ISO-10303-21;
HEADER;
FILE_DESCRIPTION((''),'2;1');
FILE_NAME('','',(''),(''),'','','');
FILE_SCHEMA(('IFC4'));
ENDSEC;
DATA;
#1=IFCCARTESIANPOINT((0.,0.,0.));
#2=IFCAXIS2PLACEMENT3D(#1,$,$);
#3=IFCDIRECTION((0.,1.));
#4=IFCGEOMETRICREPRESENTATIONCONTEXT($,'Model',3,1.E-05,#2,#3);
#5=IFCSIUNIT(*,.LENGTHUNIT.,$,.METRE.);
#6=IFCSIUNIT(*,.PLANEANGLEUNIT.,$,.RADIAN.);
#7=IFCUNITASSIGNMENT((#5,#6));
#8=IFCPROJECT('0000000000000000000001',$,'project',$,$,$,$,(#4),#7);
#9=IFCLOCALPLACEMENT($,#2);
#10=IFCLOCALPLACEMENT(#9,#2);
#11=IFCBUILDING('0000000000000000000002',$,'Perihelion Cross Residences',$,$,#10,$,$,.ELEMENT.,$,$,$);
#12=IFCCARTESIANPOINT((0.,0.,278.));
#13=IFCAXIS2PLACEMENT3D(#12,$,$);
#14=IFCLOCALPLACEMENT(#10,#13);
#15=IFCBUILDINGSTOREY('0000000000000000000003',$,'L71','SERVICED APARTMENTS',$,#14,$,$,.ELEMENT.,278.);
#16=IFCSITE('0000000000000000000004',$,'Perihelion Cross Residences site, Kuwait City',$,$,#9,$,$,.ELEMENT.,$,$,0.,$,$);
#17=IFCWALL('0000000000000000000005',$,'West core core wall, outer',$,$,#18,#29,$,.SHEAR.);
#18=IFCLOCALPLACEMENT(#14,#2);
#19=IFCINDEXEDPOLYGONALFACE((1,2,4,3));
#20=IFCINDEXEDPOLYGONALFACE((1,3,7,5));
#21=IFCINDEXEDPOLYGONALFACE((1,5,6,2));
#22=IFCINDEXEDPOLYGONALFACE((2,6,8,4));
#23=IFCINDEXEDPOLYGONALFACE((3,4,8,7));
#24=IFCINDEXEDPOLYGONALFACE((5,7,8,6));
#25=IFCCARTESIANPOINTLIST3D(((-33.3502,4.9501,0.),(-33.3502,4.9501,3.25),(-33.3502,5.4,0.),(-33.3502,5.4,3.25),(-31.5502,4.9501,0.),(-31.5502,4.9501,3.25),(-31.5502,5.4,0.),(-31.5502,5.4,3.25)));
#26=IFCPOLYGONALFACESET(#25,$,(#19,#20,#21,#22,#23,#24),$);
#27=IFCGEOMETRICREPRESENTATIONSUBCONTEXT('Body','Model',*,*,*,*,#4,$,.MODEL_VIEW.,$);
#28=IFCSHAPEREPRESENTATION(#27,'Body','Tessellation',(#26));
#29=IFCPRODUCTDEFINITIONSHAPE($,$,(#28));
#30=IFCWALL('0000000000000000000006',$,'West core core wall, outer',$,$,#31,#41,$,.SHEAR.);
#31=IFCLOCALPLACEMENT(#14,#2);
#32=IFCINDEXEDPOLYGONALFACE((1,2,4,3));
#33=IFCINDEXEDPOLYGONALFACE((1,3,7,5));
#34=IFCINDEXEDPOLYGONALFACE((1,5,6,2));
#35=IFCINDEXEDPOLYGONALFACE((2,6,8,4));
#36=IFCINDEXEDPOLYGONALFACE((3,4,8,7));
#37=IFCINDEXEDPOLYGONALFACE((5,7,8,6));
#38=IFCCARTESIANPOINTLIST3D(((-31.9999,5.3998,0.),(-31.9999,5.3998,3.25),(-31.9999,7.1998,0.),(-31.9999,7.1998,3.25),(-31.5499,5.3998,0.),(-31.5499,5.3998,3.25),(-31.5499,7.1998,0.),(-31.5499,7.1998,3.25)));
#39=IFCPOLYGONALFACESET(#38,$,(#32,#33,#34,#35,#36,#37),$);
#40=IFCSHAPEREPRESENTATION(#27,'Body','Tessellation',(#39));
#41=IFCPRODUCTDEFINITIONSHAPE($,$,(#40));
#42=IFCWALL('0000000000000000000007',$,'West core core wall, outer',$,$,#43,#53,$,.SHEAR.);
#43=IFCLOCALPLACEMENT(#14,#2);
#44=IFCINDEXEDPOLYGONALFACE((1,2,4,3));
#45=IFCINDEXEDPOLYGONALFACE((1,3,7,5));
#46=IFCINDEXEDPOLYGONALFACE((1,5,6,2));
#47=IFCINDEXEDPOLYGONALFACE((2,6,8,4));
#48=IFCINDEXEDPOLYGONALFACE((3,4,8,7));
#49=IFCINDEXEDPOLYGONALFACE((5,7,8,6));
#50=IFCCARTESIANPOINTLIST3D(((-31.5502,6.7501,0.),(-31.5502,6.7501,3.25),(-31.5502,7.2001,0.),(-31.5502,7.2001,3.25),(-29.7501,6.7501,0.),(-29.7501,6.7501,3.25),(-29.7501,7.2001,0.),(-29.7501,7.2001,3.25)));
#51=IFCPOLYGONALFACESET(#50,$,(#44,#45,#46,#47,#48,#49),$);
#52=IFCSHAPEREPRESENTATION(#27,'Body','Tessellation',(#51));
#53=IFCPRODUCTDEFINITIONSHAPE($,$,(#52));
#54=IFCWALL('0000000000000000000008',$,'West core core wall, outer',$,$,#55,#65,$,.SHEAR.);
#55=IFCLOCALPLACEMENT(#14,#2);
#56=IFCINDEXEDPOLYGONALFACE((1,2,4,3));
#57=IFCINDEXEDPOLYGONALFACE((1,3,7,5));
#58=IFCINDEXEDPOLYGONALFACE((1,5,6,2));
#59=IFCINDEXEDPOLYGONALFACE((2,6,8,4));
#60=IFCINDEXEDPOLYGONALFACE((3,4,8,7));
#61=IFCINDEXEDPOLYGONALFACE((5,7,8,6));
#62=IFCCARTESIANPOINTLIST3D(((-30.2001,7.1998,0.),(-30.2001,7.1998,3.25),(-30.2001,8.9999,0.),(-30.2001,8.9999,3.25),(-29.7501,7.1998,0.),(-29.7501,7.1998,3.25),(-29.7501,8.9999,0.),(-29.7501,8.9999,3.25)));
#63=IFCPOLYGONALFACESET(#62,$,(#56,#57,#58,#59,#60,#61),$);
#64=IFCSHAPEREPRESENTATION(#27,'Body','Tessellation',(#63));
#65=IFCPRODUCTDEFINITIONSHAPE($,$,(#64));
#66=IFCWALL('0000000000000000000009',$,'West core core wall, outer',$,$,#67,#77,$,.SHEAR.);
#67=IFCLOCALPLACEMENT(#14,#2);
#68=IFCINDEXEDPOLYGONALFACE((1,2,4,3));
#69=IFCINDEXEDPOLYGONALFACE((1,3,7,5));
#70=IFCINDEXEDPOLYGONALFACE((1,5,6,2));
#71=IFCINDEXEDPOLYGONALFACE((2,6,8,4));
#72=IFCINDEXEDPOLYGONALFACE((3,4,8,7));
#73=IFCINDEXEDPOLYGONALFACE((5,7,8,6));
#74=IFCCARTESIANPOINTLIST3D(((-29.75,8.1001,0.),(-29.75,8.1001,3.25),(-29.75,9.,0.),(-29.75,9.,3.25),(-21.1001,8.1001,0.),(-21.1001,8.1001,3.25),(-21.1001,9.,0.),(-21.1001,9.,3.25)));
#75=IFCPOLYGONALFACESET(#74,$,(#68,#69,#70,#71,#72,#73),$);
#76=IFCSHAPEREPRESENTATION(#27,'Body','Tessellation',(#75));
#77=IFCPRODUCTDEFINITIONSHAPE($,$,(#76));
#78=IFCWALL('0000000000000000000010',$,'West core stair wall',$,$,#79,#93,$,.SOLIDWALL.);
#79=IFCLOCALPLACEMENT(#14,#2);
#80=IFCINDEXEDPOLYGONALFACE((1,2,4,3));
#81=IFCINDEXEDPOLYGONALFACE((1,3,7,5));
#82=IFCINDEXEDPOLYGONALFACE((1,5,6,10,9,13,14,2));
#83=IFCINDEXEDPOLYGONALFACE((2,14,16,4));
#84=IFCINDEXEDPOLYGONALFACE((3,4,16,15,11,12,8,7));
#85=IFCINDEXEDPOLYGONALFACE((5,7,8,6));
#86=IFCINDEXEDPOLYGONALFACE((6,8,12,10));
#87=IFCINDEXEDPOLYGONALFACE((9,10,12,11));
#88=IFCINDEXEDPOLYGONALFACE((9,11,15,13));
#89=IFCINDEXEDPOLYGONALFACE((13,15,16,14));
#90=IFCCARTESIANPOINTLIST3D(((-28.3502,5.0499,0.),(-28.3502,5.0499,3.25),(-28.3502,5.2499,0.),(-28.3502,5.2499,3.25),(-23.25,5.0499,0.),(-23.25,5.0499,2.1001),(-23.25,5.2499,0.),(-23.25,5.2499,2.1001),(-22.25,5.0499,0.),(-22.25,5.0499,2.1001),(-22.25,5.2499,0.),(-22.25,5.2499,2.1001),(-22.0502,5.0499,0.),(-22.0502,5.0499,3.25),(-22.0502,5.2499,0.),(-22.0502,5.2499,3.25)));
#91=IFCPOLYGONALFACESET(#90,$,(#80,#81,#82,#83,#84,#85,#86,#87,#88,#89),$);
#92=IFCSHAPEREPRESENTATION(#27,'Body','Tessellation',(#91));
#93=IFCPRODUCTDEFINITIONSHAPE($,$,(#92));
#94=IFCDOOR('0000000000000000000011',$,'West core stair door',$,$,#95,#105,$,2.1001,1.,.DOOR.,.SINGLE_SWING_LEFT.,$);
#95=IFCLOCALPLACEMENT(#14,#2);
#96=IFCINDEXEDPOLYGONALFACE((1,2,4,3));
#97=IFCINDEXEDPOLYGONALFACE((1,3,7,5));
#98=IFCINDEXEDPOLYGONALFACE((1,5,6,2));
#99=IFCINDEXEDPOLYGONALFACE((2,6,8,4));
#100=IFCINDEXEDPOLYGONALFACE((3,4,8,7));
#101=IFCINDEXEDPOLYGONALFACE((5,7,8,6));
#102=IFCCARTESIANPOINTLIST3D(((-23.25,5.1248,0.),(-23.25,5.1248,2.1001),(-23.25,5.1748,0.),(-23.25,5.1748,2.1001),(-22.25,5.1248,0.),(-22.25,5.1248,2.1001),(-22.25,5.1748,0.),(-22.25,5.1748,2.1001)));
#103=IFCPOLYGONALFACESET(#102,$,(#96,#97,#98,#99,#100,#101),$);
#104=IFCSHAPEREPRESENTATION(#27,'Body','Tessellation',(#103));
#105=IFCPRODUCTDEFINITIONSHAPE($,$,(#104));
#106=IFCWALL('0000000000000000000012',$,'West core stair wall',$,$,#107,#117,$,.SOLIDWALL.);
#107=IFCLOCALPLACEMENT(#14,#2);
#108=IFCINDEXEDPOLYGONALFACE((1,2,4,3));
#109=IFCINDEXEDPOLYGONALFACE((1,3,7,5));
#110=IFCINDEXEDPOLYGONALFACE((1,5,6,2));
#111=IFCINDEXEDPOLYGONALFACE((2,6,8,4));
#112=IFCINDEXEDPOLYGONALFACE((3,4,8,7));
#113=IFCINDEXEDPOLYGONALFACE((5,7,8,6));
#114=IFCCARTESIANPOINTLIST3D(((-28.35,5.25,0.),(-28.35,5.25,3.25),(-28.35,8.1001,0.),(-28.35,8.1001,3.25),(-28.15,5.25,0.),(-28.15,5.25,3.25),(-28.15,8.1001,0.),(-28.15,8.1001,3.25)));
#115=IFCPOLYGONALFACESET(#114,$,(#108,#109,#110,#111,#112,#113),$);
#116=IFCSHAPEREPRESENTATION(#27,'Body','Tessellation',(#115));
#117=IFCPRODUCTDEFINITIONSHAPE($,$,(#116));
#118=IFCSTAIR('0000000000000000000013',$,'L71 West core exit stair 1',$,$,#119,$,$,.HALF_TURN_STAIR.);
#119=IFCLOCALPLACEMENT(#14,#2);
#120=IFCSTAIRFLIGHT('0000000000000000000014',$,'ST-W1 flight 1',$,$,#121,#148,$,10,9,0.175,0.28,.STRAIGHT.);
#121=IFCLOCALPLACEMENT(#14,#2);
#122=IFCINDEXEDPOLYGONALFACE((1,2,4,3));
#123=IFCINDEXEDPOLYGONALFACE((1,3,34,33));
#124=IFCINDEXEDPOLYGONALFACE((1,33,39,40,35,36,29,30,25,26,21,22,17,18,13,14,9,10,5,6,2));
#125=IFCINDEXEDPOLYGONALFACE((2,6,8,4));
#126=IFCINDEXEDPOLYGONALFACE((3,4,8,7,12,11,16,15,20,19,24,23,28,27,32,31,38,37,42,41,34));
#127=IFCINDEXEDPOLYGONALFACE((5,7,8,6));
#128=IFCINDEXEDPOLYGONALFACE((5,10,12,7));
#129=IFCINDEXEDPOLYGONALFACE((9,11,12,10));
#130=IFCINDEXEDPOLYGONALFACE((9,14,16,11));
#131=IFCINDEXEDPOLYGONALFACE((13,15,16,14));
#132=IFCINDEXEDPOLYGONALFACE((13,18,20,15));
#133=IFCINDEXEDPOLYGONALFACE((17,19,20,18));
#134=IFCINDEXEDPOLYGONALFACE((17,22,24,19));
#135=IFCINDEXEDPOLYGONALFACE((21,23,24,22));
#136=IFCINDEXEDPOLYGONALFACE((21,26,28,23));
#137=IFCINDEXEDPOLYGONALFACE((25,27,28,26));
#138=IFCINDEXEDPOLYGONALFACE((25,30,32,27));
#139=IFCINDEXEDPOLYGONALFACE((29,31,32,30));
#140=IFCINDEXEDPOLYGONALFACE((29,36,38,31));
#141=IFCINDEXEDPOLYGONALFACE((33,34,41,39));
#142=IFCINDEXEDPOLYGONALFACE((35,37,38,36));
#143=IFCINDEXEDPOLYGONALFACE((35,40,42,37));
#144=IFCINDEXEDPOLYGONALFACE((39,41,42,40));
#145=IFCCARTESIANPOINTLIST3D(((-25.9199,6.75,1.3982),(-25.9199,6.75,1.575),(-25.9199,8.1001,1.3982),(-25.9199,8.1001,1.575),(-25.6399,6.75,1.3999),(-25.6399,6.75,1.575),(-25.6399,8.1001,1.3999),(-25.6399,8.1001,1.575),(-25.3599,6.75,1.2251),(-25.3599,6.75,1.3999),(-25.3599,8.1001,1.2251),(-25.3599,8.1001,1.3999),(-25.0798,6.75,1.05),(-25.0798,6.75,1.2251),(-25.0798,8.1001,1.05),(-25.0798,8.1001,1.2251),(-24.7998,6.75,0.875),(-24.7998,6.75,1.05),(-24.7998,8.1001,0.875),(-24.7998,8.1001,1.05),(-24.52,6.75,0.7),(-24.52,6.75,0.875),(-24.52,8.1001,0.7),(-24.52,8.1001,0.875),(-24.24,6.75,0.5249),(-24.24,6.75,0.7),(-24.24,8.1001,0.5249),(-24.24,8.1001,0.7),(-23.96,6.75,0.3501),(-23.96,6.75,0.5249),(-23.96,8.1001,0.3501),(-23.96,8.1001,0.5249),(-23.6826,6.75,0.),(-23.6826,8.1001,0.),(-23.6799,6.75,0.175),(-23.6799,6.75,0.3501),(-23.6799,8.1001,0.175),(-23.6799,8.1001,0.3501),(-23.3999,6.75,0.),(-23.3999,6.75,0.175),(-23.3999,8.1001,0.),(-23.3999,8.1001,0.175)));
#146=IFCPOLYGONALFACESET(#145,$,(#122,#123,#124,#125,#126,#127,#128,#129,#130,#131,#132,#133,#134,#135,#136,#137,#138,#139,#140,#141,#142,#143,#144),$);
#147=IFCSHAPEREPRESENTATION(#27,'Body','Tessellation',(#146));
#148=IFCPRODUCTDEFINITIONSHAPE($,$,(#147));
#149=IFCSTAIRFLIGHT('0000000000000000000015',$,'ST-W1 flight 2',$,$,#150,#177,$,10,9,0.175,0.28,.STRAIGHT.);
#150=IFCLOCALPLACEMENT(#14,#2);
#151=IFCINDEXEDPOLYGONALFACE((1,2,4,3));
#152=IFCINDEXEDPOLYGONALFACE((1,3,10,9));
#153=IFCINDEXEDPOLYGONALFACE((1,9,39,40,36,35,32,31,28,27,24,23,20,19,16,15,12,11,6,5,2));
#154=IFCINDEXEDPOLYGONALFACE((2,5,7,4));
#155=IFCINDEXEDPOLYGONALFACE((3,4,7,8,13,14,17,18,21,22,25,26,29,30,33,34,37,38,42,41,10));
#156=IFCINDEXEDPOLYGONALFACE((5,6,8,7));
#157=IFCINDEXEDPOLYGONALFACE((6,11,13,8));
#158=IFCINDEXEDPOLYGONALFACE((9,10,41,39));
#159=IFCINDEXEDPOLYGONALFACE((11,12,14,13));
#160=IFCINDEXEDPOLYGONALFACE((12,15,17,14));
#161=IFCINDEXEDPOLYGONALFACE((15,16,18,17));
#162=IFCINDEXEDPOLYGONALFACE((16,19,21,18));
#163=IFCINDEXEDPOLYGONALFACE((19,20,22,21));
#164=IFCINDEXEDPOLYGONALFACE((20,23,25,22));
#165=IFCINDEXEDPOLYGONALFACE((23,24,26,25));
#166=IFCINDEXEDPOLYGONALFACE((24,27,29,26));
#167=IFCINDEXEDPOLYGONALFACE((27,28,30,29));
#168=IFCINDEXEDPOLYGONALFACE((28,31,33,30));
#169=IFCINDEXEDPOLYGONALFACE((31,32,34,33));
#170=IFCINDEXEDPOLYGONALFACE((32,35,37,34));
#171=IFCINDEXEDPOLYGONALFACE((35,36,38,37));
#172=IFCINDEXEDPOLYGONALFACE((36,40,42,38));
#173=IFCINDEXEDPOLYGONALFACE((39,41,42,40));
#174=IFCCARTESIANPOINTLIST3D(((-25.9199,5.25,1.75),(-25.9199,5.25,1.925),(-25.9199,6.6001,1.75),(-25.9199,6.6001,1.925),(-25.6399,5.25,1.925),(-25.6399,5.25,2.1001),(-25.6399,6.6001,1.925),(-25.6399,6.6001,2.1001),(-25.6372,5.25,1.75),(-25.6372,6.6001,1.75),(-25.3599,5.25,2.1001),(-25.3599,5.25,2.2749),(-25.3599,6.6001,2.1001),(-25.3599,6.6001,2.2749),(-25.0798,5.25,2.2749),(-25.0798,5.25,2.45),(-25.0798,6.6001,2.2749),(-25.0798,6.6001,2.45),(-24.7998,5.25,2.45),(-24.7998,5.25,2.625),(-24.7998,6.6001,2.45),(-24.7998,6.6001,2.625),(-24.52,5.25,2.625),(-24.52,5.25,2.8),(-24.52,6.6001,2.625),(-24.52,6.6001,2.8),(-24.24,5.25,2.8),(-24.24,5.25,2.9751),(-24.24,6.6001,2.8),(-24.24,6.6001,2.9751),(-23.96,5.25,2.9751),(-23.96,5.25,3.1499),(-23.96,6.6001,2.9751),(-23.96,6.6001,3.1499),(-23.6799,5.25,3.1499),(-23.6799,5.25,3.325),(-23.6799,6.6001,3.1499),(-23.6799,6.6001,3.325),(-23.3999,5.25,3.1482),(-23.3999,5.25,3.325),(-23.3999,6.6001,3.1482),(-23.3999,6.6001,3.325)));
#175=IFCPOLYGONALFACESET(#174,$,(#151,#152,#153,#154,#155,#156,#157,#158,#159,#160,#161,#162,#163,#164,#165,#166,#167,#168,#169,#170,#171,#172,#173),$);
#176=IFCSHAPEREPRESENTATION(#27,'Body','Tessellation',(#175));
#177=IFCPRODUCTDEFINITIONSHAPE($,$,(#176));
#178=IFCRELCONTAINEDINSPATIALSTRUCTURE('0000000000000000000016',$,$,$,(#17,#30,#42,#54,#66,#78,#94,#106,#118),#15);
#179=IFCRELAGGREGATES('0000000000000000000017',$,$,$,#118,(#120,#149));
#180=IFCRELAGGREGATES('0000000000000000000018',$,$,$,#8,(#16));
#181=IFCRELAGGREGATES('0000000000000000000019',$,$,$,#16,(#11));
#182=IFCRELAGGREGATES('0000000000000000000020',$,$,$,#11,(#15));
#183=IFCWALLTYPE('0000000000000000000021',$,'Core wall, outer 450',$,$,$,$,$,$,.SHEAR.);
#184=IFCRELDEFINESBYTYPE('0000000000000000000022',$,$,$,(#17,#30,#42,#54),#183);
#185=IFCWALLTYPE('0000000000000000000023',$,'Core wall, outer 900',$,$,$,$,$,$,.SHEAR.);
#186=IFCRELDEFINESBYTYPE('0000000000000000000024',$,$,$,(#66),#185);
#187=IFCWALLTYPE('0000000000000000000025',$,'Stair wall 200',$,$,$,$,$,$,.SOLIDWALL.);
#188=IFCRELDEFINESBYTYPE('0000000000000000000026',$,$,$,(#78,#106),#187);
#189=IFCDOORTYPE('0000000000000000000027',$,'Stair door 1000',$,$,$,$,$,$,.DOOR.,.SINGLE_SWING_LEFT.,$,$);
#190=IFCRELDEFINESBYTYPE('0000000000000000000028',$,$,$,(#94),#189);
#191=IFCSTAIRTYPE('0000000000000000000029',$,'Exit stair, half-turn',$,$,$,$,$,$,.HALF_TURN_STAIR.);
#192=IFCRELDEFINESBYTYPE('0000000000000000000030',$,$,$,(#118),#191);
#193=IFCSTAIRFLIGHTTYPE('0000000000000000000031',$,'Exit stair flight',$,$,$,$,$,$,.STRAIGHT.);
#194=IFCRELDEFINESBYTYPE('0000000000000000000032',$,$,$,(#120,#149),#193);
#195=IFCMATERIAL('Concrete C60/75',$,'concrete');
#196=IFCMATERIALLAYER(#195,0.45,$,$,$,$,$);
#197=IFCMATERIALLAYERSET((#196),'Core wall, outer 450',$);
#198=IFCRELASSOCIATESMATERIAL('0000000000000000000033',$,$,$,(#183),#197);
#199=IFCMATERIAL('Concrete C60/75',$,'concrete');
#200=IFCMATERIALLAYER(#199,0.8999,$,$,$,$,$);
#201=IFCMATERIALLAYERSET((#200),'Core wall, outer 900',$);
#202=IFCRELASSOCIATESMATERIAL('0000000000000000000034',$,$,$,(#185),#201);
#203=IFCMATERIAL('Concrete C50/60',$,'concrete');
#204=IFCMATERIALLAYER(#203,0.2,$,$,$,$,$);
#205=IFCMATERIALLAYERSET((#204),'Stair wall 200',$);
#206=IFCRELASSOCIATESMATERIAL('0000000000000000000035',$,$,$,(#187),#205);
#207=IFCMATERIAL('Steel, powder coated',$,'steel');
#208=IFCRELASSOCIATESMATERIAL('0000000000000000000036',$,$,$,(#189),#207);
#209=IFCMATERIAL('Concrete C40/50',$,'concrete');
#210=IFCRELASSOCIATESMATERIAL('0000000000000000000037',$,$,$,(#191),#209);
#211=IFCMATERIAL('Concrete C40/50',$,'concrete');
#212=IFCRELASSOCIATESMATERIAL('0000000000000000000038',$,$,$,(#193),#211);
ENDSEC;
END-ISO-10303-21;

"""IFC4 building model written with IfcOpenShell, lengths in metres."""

from ifc_helpers import new_model, si_unit, direction, frame, frame_2d, origin, place, context, subcontext, project, spatial, polyline, rectangle, outline, extrude, material, layer, layer_set, type_object, element, fill, aggregate, save


model = new_model("IFC4")

# Units and contexts
model_context = context("Model", 3, precision=1e-05, world=origin(), true_north=direction((0.0, 1.0)))
body_context = subcontext(model_context, "Body", "Model", "MODEL_VIEW")
ifc_project = project(units=[si_unit("LENGTHUNIT", "METRE"), si_unit("PLANEANGLEUNIT", "RADIAN")], contexts=[model_context])

# Site, building, storey
site_placement = place(None, origin())
site = spatial("IfcSite", under=ifc_project, at=site_placement, Name="Perihelion Cross Residences site, Kuwait City", CompositionType="ELEMENT", RefElevation=0.0)
building_placement = place(site_placement, origin())
building = spatial("IfcBuilding", under=site, at=building_placement, Name="Perihelion Cross Residences", CompositionType="ELEMENT")
storey_placement = place(building_placement, frame((0.0, 0.0, 278.0)))
storey = spatial("IfcBuildingStorey", under=building, at=storey_placement, Name="L71", Description="SERVICED APARTMENTS", CompositionType="ELEMENT", Elevation=278.0)

# Walls
ifc_material_1 = material(Name="Concrete C60/75", Category="concrete")
ifc_layer_1 = layer(ifc_material_1, 0.45)
ifc_layer_set_1 = layer_set([ifc_layer_1], Name="Core wall, outer 450")
wall_type_1 = type_object("IfcWallType", Name="Core wall, outer 450", PredefinedType="SHEAR", material=ifc_layer_set_1)
for number, where, z_axis, x_axis, name in (
    (1, (-33.3501, 5.175, 0.0), (0.0, 0.0, 1.0), (1.0, 0.0, 0.0), "West core core wall, outer"),
    (2, (-31.7749, 5.3999, 0.0), (0.0, 0.0, 1.0), (0.0, 1.0, 0.0), "West core core wall, outer"),
    (3, (-31.55, 6.9751, 0.0), (0.0, 0.0, 1.0), (1.0, 0.0, 0.0), "West core core wall, outer"),
    (4, (-29.9751, 7.2, 0.0), (0.0, 0.0, 1.0), (0.0, 1.0, 0.0), "West core core wall, outer"),
):
    element("IfcWall", number, at=place(storey_placement, frame(where, z_axis=z_axis, x_axis=x_axis)), inside=storey, type_object=wall_type_1, Name=name, PredefinedType="SHEAR", context=body_context, shape_type="SweptSolid", body=[
        extrude(rectangle(XDim=1.8, YDim=0.45, at=frame_2d((0.8999, 0.0))), origin(), (0.0, 0.0, 1.0), 3.25),
    ])
ifc_material_2 = material(Name="Concrete C60/75", Category="concrete")
ifc_layer_2 = layer(ifc_material_2, 0.8999)
ifc_layer_set_2 = layer_set([ifc_layer_2], Name="Core wall, outer 900")
wall_type_2 = type_object("IfcWallType", Name="Core wall, outer 900", PredefinedType="SHEAR", material=ifc_layer_set_2)
wall_1_placement = place(storey_placement, frame((-29.75, 8.55, 0.0), z_axis=(0.0, 0.0, 1.0), x_axis=(1.0, 0.0, 0.0)))
element("IfcWall", 5, at=wall_1_placement, inside=storey, type_object=wall_type_2, Name="West core core wall, outer", PredefinedType="SHEAR", context=body_context, shape_type="SweptSolid", body=[
    extrude(rectangle(XDim=8.6499, YDim=0.8999, at=frame_2d((4.325, 0.0))), origin(), (0.0, 0.0, 1.0), 3.25),
])

# Wall, opening, door
ifc_material_3 = material(Name="Concrete C50/60", Category="concrete")
ifc_layer_3 = layer(ifc_material_3, 0.2)
ifc_layer_set_3 = layer_set([ifc_layer_3], Name="Stair wall 200")
wall_type_3 = type_object("IfcWallType", Name="Stair wall 200", PredefinedType="SOLIDWALL", material=ifc_layer_set_3)
wall_2_placement = place(storey_placement, frame((-28.3501, 5.1499, 0.0), z_axis=(0.0, 0.0, 1.0), x_axis=(1.0, 0.0, 0.0)))
wall_2 = element("IfcWall", 6, at=wall_2_placement, inside=storey, type_object=wall_type_3, Name="West core stair wall", PredefinedType="SOLIDWALL", context=body_context, shape_type="SweptSolid", body=[
    extrude(rectangle(XDim=6.3, YDim=0.2, at=frame_2d((3.1499, 0.0))), origin(), (0.0, 0.0, 1.0), 3.25),
])
opening_placement = place(wall_2_placement, frame((5.1001, 0.0, 0.0)))
opening = element("IfcOpeningElement", 7, at=opening_placement, cuts=wall_2, PredefinedType="OPENING", context=body_context, shape_type="SweptSolid", body=[
    extrude(rectangle(XDim=1.0, YDim=2.1001, at=frame_2d((0.5, 1.05))), frame((0.0, 0.1099, 0.0), z_axis=(0.0, -1.0, 0.0), x_axis=(1.0, 0.0, 0.0)), (0.0, 0.0, 1.0), 0.22),
])
ifc_material_4 = material(Name="Steel, powder coated", Category="steel")
door_type = type_object("IfcDoorType", Name="Stair door 1000", OperationType="SINGLE_SWING_LEFT", PredefinedType="DOOR", material=ifc_material_4)
door_placement = place(opening_placement, origin())
door = element("IfcDoor", 8, at=door_placement, inside=storey, type_object=door_type, Name="West core stair door", OperationType="SINGLE_SWING_LEFT", OverallHeight=2.1001, OverallWidth=1.0, PredefinedType="DOOR", context=body_context, shape_type="SweptSolid", body=[
    extrude(rectangle(XDim=1.0, YDim=2.1001, at=frame_2d((0.5, 1.05))), frame((0.0, 0.0249, 0.0), z_axis=(0.0, -1.0, 0.0), x_axis=(1.0, 0.0, 0.0)), (0.0, 0.0, 1.0), 0.05),
])
fill(opening, door)

# Wall
wall_3_placement = place(storey_placement, frame((-28.25, 5.25, 0.0), z_axis=(0.0, 0.0, 1.0), x_axis=(0.0, 1.0, 0.0)))
element("IfcWall", 9, at=wall_3_placement, inside=storey, type_object=wall_type_3, Name="West core stair wall", PredefinedType="SOLIDWALL", context=body_context, shape_type="SweptSolid", body=[
    extrude(rectangle(XDim=2.8501, YDim=0.2, at=frame_2d((1.425, 0.0))), origin(), (0.0, 0.0, 1.0), 3.25),
])

# Stair, stair flights
ifc_material_5 = material(Name="Concrete C40/50", Category="concrete")
stair_type = type_object("IfcStairType", Name="Exit stair, half-turn", PredefinedType="HALF_TURN_STAIR", material=ifc_material_5)
stair_placement = place(storey_placement, origin())
stair = element("IfcStair", 10, at=stair_placement, inside=storey, type_object=stair_type, Name="L71 West core exit stair 1", PredefinedType="HALF_TURN_STAIR")
ifc_material_6 = material(Name="Concrete C40/50", Category="concrete")
stair_flight_type = type_object("IfcStairFlightType", Name="Exit stair flight", PredefinedType="STRAIGHT", material=ifc_material_6)
stair_flight_1_placement = place(storey_placement, frame((-23.3999, 7.425, 0.0), z_axis=(0.0, 0.0, 1.0), x_axis=(-1.0, 0.0, 0.0)))
stair_flight_1 = element("IfcStairFlight", 11, at=stair_flight_1_placement, type_object=stair_flight_type, Name="ST-W1 flight 1", NumberOfRisers=10, NumberOfTreads=9, PredefinedType="STRAIGHT", RiserHeight=0.175, TreadLength=0.28, context=body_context, shape_type="SweptSolid", body=[
    extrude(outline(polyline([(0.0, 0.0), (0.0, 0.175), (0.28, 0.175), (0.28, 0.3501), (0.5601, 0.3501), (0.5601, 0.5249), (0.8401, 0.5249), (0.8401, 0.7), (1.1201, 0.7), (1.1201, 0.875), (1.3999, 0.875), (1.3999, 1.05), (1.6799, 1.05), (1.6799, 1.2251), (1.96, 1.2251), (1.96, 1.3999), (2.24, 1.3999), (2.24, 1.575), (2.52, 1.575), (2.52, 1.75), (2.52, 1.3982), (0.2827, 0.0), (0.0, 0.0)])), frame((0.0, 0.675, 0.0), z_axis=(0.0, -1.0, 0.0), x_axis=(1.0, 0.0, 0.0)), (0.0, 0.0, 1.0), 1.3501),
])
stair_flight_2_placement = place(storey_placement, frame((-25.9199, 5.925, 1.75), z_axis=(0.0, 0.0, 1.0), x_axis=(1.0, 0.0, 0.0)))
stair_flight_2 = element("IfcStairFlight", 12, at=stair_flight_2_placement, type_object=stair_flight_type, Name="ST-W1 flight 2", NumberOfRisers=10, NumberOfTreads=9, PredefinedType="STRAIGHT", RiserHeight=0.175, TreadLength=0.28, context=body_context, shape_type="SweptSolid", body=[
    extrude(outline(polyline([(0.0, 0.0), (0.0, 0.175), (0.28, 0.175), (0.28, 0.3501), (0.5601, 0.3501), (0.5601, 0.5249), (0.8401, 0.5249), (0.8401, 0.7), (1.1201, 0.7), (1.1201, 0.875), (1.3999, 0.875), (1.3999, 1.05), (1.6799, 1.05), (1.6799, 1.2251), (1.96, 1.2251), (1.96, 1.3999), (2.24, 1.3999), (2.24, 1.575), (2.52, 1.575), (2.52, 1.75), (2.52, 1.3982), (0.2827, 0.0), (0.0, 0.0)])), frame((0.0, 0.675, 0.0), z_axis=(0.0, -1.0, 0.0), x_axis=(1.0, 0.0, 0.0)), (0.0, 0.0, 1.0), 1.3501),
])
aggregate(stair, [stair_flight_1, stair_flight_2])

save(model, "model.ifc")
